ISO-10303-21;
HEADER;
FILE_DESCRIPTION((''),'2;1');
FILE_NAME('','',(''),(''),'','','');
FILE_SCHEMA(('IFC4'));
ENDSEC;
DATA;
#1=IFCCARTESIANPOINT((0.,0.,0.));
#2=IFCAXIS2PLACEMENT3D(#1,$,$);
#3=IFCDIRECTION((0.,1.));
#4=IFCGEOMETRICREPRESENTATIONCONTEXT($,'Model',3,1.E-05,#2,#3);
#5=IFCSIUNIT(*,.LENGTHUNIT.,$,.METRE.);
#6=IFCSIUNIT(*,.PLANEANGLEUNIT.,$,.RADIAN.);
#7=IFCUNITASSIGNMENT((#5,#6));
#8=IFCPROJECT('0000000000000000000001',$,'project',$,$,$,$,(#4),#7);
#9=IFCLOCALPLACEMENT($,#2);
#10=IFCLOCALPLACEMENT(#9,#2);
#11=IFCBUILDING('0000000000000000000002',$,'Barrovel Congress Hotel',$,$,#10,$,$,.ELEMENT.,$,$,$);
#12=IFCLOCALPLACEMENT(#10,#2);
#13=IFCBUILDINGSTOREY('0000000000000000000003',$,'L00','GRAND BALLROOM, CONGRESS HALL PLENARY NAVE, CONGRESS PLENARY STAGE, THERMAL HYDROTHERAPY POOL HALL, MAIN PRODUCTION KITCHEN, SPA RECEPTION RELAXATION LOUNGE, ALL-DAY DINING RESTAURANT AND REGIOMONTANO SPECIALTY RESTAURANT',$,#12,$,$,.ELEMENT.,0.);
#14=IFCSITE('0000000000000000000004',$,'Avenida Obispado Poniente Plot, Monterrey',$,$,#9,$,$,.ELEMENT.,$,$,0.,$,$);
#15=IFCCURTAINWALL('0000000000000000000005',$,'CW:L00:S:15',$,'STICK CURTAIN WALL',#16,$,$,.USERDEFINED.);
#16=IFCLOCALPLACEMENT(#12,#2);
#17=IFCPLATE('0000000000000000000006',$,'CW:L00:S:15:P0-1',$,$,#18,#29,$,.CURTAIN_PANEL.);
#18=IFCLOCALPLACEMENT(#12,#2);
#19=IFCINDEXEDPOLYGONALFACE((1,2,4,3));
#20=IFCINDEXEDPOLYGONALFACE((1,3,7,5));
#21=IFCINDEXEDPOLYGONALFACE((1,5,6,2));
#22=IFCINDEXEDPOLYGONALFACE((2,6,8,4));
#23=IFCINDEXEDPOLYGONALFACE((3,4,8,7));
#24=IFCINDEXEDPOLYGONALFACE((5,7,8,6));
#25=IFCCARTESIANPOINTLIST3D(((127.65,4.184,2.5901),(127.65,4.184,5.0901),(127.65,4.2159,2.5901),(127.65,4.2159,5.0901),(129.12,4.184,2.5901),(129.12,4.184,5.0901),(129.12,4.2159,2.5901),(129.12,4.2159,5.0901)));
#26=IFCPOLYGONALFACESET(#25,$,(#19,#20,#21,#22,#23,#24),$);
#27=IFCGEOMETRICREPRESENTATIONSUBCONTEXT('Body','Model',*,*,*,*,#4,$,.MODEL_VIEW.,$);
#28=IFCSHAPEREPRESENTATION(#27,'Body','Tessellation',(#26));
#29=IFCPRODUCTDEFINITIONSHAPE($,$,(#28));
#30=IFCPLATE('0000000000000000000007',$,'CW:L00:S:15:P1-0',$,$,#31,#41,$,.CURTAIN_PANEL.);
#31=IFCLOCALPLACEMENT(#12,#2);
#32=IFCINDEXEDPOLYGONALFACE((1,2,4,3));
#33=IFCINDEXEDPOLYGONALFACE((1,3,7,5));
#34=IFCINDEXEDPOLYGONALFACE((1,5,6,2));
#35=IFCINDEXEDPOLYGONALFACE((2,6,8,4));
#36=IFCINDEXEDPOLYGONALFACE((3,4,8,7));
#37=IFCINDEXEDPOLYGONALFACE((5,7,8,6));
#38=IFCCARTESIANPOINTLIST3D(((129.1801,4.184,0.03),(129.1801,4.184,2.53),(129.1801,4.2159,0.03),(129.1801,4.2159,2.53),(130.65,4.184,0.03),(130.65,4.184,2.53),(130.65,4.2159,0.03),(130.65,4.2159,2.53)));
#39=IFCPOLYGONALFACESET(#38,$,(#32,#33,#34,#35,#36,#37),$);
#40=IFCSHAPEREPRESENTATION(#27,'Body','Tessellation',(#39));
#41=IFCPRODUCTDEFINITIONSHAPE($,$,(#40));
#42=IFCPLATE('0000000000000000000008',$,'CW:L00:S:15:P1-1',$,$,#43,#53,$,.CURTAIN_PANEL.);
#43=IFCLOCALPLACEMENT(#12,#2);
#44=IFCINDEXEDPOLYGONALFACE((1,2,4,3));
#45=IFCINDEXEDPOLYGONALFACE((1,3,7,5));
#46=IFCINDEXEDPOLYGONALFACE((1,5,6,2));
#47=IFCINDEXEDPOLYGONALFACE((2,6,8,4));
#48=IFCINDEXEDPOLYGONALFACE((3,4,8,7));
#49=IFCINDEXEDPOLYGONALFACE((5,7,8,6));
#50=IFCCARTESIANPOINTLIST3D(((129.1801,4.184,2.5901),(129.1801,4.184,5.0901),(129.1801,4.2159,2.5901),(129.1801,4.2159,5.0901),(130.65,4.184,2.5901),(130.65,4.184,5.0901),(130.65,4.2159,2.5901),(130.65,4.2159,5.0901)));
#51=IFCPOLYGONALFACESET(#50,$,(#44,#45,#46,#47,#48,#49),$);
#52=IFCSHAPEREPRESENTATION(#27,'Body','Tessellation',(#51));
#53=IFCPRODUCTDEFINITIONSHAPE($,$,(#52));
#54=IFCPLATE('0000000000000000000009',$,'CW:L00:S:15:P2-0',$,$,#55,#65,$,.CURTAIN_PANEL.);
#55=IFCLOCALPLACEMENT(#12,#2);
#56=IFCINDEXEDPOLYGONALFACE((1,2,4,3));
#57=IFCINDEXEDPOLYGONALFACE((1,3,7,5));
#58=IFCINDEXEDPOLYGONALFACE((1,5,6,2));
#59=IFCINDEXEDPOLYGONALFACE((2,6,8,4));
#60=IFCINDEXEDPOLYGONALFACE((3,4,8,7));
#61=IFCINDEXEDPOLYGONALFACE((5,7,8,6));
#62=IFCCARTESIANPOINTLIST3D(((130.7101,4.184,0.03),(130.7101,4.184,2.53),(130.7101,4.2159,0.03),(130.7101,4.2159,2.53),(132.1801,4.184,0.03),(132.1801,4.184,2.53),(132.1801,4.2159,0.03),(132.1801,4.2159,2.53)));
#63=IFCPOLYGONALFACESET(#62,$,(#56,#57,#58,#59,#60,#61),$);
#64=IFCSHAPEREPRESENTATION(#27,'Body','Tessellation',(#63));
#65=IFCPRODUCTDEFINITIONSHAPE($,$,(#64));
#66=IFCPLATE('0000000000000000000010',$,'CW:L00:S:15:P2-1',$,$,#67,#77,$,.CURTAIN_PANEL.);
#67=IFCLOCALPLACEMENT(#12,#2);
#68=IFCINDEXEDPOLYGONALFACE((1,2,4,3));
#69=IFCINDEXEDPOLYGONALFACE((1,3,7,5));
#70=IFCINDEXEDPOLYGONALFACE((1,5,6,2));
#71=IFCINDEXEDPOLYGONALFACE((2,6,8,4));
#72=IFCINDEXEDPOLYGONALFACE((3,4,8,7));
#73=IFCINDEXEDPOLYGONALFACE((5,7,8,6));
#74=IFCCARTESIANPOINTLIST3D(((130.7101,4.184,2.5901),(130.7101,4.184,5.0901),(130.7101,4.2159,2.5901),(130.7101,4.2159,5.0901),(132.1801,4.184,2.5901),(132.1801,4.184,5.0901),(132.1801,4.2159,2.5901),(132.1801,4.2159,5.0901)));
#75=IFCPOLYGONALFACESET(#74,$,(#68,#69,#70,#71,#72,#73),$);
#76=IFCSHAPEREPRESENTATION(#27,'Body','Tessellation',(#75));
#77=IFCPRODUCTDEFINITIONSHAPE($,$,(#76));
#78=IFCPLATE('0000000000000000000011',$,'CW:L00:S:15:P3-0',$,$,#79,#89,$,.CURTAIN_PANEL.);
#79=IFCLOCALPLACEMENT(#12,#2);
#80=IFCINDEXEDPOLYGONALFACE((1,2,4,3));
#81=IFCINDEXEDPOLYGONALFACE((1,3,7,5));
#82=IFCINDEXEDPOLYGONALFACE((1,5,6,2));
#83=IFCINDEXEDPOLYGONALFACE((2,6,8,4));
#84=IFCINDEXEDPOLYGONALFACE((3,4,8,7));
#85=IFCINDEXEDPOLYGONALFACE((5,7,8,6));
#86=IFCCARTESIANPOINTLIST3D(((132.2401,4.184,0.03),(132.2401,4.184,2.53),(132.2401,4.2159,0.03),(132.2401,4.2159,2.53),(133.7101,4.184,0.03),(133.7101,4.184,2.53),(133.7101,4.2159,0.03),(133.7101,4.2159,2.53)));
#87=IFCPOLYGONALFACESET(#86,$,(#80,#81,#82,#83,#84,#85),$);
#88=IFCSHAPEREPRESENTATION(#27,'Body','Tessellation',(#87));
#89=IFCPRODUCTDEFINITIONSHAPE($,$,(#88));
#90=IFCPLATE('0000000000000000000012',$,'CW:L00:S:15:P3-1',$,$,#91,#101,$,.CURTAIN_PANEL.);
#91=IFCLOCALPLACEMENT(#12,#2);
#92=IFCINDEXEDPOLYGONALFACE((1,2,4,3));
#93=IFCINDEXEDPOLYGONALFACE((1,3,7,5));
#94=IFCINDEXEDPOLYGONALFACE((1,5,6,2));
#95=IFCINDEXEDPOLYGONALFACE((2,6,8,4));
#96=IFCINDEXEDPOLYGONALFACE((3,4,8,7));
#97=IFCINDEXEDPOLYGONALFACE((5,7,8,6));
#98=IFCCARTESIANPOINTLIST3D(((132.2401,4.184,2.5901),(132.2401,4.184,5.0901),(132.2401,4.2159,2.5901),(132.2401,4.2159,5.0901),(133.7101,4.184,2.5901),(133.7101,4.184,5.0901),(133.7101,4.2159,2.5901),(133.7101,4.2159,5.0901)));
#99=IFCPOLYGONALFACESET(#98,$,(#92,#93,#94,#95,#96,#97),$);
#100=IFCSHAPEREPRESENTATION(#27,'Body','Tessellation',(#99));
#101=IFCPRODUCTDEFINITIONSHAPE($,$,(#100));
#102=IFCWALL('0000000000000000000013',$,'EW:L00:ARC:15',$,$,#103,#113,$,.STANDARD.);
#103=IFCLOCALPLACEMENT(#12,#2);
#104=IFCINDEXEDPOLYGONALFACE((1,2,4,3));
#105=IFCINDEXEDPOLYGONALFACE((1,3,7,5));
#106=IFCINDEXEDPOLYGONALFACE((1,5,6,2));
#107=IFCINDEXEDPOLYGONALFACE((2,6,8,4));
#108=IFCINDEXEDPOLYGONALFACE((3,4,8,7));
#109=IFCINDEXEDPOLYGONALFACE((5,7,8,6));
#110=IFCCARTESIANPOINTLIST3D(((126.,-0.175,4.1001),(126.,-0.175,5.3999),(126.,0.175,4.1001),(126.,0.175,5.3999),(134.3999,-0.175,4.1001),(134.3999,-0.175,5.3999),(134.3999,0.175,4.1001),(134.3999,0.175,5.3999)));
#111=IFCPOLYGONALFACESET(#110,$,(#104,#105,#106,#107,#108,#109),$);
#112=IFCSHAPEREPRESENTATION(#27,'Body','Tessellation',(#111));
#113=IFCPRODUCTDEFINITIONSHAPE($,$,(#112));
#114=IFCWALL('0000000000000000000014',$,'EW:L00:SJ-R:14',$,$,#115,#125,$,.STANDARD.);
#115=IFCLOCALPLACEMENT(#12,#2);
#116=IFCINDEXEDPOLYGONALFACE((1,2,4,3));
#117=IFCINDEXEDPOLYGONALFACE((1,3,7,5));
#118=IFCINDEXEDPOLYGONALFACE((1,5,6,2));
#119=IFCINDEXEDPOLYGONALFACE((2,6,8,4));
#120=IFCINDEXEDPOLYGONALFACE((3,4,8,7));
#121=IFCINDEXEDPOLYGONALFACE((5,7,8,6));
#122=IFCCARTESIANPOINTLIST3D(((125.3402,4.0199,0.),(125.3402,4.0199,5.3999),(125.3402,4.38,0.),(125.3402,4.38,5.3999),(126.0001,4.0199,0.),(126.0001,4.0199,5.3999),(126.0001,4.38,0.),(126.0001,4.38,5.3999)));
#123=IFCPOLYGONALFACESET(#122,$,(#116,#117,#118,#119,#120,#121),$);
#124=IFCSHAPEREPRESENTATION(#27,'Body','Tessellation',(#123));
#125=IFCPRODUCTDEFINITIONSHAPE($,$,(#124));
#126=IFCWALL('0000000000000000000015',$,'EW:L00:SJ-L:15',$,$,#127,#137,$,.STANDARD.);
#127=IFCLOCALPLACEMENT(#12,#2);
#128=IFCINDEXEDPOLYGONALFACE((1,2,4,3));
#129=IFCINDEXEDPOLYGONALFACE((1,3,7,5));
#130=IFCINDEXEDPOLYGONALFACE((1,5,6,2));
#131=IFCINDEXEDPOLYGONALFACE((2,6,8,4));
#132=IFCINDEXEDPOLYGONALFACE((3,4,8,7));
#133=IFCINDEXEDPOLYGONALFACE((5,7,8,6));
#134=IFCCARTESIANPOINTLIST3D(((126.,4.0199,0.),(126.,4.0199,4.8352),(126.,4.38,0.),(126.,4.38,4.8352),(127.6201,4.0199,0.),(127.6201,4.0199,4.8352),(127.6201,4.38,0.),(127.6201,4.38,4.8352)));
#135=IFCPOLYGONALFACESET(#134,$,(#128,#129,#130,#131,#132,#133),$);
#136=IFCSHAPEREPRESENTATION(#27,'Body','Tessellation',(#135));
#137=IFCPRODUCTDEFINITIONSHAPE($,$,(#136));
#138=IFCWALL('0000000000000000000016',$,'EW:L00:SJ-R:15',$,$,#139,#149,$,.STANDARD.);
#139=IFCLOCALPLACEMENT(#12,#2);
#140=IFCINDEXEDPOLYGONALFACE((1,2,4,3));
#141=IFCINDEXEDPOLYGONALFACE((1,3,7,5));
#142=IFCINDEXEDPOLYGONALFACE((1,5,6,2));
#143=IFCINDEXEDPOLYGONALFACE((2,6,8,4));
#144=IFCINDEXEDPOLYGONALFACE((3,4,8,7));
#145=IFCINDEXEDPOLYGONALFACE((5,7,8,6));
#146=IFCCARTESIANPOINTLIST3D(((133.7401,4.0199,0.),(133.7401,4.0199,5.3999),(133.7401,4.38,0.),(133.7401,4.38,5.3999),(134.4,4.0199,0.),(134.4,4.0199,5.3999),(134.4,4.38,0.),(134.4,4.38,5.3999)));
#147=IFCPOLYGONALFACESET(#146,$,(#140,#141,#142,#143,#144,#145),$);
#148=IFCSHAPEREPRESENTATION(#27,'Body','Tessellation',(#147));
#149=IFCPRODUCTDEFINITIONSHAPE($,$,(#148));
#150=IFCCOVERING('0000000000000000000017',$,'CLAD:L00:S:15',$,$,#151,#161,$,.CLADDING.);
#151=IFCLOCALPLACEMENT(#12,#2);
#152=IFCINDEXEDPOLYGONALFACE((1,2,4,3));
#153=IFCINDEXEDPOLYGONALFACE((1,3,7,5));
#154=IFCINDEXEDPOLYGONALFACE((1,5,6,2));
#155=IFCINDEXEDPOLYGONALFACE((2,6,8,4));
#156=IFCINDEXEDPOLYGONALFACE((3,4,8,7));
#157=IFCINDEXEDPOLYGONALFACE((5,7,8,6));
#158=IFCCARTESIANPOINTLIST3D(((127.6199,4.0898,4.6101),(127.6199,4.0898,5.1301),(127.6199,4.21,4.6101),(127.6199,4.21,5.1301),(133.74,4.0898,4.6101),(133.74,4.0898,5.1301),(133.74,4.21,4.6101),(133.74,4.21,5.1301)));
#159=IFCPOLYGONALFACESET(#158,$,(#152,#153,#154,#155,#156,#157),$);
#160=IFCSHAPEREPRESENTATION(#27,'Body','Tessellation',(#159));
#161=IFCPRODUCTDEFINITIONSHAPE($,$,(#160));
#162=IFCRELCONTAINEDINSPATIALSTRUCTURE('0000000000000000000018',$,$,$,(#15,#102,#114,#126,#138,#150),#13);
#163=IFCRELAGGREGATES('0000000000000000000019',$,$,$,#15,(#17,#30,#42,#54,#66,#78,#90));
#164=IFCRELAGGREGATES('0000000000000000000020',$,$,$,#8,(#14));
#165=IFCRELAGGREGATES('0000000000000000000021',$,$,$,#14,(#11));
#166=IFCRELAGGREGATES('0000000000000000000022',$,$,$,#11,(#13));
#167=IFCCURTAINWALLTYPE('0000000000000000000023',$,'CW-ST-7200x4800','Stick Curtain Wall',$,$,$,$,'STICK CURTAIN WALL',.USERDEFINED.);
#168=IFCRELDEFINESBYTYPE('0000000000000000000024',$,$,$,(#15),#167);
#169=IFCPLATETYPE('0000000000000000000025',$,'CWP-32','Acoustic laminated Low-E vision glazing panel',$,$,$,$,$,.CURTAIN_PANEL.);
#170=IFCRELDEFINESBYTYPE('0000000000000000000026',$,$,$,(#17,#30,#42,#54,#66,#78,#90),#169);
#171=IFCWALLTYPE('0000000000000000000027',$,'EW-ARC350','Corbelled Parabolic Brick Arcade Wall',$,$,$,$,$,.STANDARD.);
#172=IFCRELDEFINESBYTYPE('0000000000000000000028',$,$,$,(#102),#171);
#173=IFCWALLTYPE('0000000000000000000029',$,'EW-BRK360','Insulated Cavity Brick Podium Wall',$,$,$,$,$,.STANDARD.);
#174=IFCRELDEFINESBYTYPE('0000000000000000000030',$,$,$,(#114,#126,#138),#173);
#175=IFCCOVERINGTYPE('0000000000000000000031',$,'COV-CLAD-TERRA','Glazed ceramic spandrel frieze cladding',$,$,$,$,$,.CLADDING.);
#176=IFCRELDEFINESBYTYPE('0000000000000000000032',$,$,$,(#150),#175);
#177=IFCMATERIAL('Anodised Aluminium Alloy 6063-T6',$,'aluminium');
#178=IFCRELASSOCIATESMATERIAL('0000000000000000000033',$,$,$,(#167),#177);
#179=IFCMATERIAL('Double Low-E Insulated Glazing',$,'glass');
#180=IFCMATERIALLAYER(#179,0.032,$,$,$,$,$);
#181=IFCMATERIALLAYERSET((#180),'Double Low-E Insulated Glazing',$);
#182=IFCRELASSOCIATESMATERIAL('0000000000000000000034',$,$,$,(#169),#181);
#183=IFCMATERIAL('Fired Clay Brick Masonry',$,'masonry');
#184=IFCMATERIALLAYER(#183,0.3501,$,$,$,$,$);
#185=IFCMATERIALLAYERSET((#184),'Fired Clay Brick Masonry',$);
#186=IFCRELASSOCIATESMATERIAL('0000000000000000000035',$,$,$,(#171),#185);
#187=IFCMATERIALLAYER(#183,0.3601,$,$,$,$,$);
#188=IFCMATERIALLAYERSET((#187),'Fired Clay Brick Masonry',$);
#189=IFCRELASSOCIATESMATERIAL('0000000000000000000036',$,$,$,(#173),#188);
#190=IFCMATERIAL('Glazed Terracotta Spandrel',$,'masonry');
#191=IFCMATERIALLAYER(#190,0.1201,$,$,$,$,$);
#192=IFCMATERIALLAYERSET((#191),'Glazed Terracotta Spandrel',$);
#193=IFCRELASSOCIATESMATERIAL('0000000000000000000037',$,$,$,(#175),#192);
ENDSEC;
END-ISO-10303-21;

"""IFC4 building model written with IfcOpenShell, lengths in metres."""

from ifc_helpers import new_model, si_unit, direction, frame, frame_2d, origin, origin_2d, place, context, subcontext, project, spatial, rectangle, extrude, material, layer, layer_set, type_object, element, aggregate, save


model = new_model("IFC4")

# Units and contexts
model_context = context("Model", 3, precision=1e-05, world=origin(), true_north=direction((0.0, 1.0)))
body_context = subcontext(model_context, "Body", "Model", "MODEL_VIEW")
ifc_project = project(units=[si_unit("LENGTHUNIT", "METRE"), si_unit("PLANEANGLEUNIT", "RADIAN")], contexts=[model_context])

# Site, building, storey
site_placement = place(None, origin())
site = spatial("IfcSite", under=ifc_project, at=site_placement, Name="Avenida Obispado Poniente Plot, Monterrey", CompositionType="ELEMENT", RefElevation=0.0)
building_placement = place(site_placement, origin())
building = spatial("IfcBuilding", under=site, at=building_placement, Name="Barrovel Congress Hotel", CompositionType="ELEMENT")
storey_placement = place(building_placement, origin())
storey = spatial("IfcBuildingStorey", under=building, at=storey_placement, Name="L00", Description="GRAND BALLROOM, CONGRESS HALL PLENARY NAVE, CONGRESS PLENARY STAGE, THERMAL HYDROTHERAPY POOL HALL, MAIN PRODUCTION KITCHEN, SPA RECEPTION RELAXATION LOUNGE, ALL-DAY DINING RESTAURANT AND REGIOMONTANO SPECIALTY RESTAURANT", CompositionType="ELEMENT", Elevation=0.0)

# Curtain wall
ifc_material_1 = material(Name="Anodised Aluminium Alloy 6063-T6", Category="aluminium")
curtain_wall_type = type_object("IfcCurtainWallType", Name="CW-ST-7200x4800", Description="Stick Curtain Wall", ElementType="STICK CURTAIN WALL", PredefinedType="USERDEFINED", material=ifc_material_1)
curtain_wall_1_placement = place(storey_placement, origin())
curtain_wall_1 = element("IfcCurtainWall", 1, at=curtain_wall_1_placement, inside=storey, type_object=curtain_wall_type, Name="CW:L00:S:15", ObjectType="STICK CURTAIN WALL", PredefinedType="USERDEFINED")

# Plates
ifc_material_2 = material(Name="Double Low-E Insulated Glazing", Category="glass")
ifc_layer_1 = layer(ifc_material_2, 0.032)
ifc_layer_set_1 = layer_set([ifc_layer_1], Name="Double Low-E Insulated Glazing")
plate_type_1 = type_object("IfcPlateType", Name="CWP-32", Description="Acoustic laminated Low-E vision glazing panel", PredefinedType="CURTAIN_PANEL", material=ifc_layer_set_1)
plate_1_placement = place(storey_placement, frame((128.385, 4.2, 2.5901), z_axis=(0.0, 0.0, 1.0), x_axis=(1.0, 0.0, 0.0)))
plate_1 = element("IfcPlate", 2, at=plate_1_placement, type_object=plate_type_1, Name="CW:L00:S:15:P0-1", PredefinedType="CURTAIN_PANEL", context=body_context, shape_type="SweptSolid", body=[
    extrude(rectangle(XDim=1.47, YDim=0.032, at=origin_2d()), origin(), (0.0, 0.0, 1.0), 2.5),
])
plate_2_placement = place(storey_placement, frame((129.915, 4.2, 0.03), z_axis=(0.0, 0.0, 1.0), x_axis=(1.0, 0.0, 0.0)))
plate_2 = element("IfcPlate", 3, at=plate_2_placement, type_object=plate_type_1, Name="CW:L00:S:15:P1-0", PredefinedType="CURTAIN_PANEL", context=body_context, shape_type="SweptSolid", body=[
    extrude(rectangle(XDim=1.47, YDim=0.032, at=origin_2d()), origin(), (0.0, 0.0, 1.0), 2.5),
])
plate_3_placement = place(storey_placement, frame((129.915, 4.2, 2.5901), z_axis=(0.0, 0.0, 1.0), x_axis=(1.0, 0.0, 0.0)))
plate_3 = element("IfcPlate", 4, at=plate_3_placement, type_object=plate_type_1, Name="CW:L00:S:15:P1-1", PredefinedType="CURTAIN_PANEL", context=body_context, shape_type="SweptSolid", body=[
    extrude(rectangle(XDim=1.47, YDim=0.032, at=origin_2d()), origin(), (0.0, 0.0, 1.0), 2.5),
])
plate_4_placement = place(storey_placement, frame((131.4451, 4.2, 0.03), z_axis=(0.0, 0.0, 1.0), x_axis=(1.0, 0.0, 0.0)))
plate_4 = element("IfcPlate", 5, at=plate_4_placement, type_object=plate_type_1, Name="CW:L00:S:15:P2-0", PredefinedType="CURTAIN_PANEL", context=body_context, shape_type="SweptSolid", body=[
    extrude(rectangle(XDim=1.47, YDim=0.032, at=origin_2d()), origin(), (0.0, 0.0, 1.0), 2.5),
])
plate_5_placement = place(storey_placement, frame((131.4451, 4.2, 2.5901), z_axis=(0.0, 0.0, 1.0), x_axis=(1.0, 0.0, 0.0)))
plate_5 = element("IfcPlate", 6, at=plate_5_placement, type_object=plate_type_1, Name="CW:L00:S:15:P2-1", PredefinedType="CURTAIN_PANEL", context=body_context, shape_type="SweptSolid", body=[
    extrude(rectangle(XDim=1.47, YDim=0.032, at=origin_2d()), origin(), (0.0, 0.0, 1.0), 2.5),
])
plate_6_placement = place(storey_placement, frame((132.9751, 4.2, 0.03), z_axis=(0.0, 0.0, 1.0), x_axis=(1.0, 0.0, 0.0)))
plate_6 = element("IfcPlate", 7, at=plate_6_placement, type_object=plate_type_1, Name="CW:L00:S:15:P3-0", PredefinedType="CURTAIN_PANEL", context=body_context, shape_type="SweptSolid", body=[
    extrude(rectangle(XDim=1.47, YDim=0.032, at=origin_2d()), origin(), (0.0, 0.0, 1.0), 2.5),
])
plate_7_placement = place(storey_placement, frame((132.9751, 4.2, 2.5901), z_axis=(0.0, 0.0, 1.0), x_axis=(1.0, 0.0, 0.0)))
plate_7 = element("IfcPlate", 8, at=plate_7_placement, type_object=plate_type_1, Name="CW:L00:S:15:P3-1", PredefinedType="CURTAIN_PANEL", context=body_context, shape_type="SweptSolid", body=[
    extrude(rectangle(XDim=1.47, YDim=0.032, at=origin_2d()), origin(), (0.0, 0.0, 1.0), 2.5),
])
aggregate(curtain_wall_1, [plate_1, plate_2, plate_3, plate_4, plate_5, plate_6, plate_7])

# Walls
ifc_material_3 = material(Name="Fired Clay Brick Masonry", Category="masonry")
ifc_layer_2 = layer(ifc_material_3, 0.3501)
ifc_layer_set_2 = layer_set([ifc_layer_2], Name="Fired Clay Brick Masonry")
wall_type_1 = type_object("IfcWallType", Name="EW-ARC350", Description="Corbelled Parabolic Brick Arcade Wall", PredefinedType="STANDARD", material=ifc_layer_set_2)
wall_1_placement = place(storey_placement, frame((126.0, 0.0, 4.1001), z_axis=(0.0, 0.0, 1.0), x_axis=(1.0, 0.0, 0.0)))
element("IfcWall", 9, at=wall_1_placement, inside=storey, type_object=wall_type_1, Name="EW:L00:ARC:15", PredefinedType="STANDARD", context=body_context, shape_type="SweptSolid", body=[
    extrude(rectangle(XDim=8.3999, YDim=0.3501, at=frame_2d((4.2, 0.0))), origin(), (0.0, 0.0, 1.0), 1.2998),
])
ifc_layer_3 = layer(ifc_material_3, 0.3601)
ifc_layer_set_3 = layer_set([ifc_layer_3], Name="Fired Clay Brick Masonry")
wall_type_2 = type_object("IfcWallType", Name="EW-BRK360", Description="Insulated Cavity Brick Podium Wall", PredefinedType="STANDARD", material=ifc_layer_set_3)
wall_2_placement = place(storey_placement, frame((125.3401, 4.2, 0.0), z_axis=(0.0, 0.0, 1.0), x_axis=(1.0, 0.0, 0.0)))
element("IfcWall", 10, at=wall_2_placement, inside=storey, type_object=wall_type_2, Name="EW:L00:SJ-R:14", PredefinedType="STANDARD", context=body_context, shape_type="SweptSolid", body=[
    extrude(rectangle(XDim=0.6599, YDim=0.3601, at=frame_2d((0.3301, 0.0))), origin(), (0.0, 0.0, 1.0), 5.3999),
])
wall_3_placement = place(storey_placement, frame((126.0, 4.2, 0.0), z_axis=(0.0, 0.0, 1.0), x_axis=(1.0, 0.0, 0.0)))
element("IfcWall", 11, at=wall_3_placement, inside=storey, type_object=wall_type_2, Name="EW:L00:SJ-L:15", PredefinedType="STANDARD", context=body_context, shape_type="SweptSolid", body=[
    extrude(rectangle(XDim=1.6201, YDim=0.3601, at=frame_2d((0.8101, 0.0))), origin(), (0.0, 0.0, 1.0), 4.8352),
])
wall_4_placement = place(storey_placement, frame((133.74, 4.2, 0.0), z_axis=(0.0, 0.0, 1.0), x_axis=(1.0, 0.0, 0.0)))
element("IfcWall", 12, at=wall_4_placement, inside=storey, type_object=wall_type_2, Name="EW:L00:SJ-R:15", PredefinedType="STANDARD", context=body_context, shape_type="SweptSolid", body=[
    extrude(rectangle(XDim=0.6599, YDim=0.3601, at=frame_2d((0.3301, 0.0))), origin(), (0.0, 0.0, 1.0), 5.3999),
])

# Covering
ifc_material_4 = material(Name="Glazed Terracotta Spandrel", Category="masonry")
ifc_layer_4 = layer(ifc_material_4, 0.1201)
ifc_layer_set_4 = layer_set([ifc_layer_4], Name="Glazed Terracotta Spandrel")
covering_type = type_object("IfcCoveringType", Name="COV-CLAD-TERRA", Description="Glazed ceramic spandrel frieze cladding", PredefinedType="CLADDING", material=ifc_layer_set_4)
covering_placement = place(storey_placement, frame((130.6799, 4.1499, 4.6101), z_axis=(0.0, 0.0, 1.0), x_axis=(1.0, 0.0, 0.0)))
element("IfcCovering", 13, at=covering_placement, inside=storey, type_object=covering_type, Name="CLAD:L00:S:15", PredefinedType="CLADDING", context=body_context, shape_type="SweptSolid", body=[
    extrude(rectangle(XDim=6.1201, YDim=0.1201, at=origin_2d()), origin(), (0.0, 0.0, 1.0), 0.52),
])

save(model, "model.ifc")
